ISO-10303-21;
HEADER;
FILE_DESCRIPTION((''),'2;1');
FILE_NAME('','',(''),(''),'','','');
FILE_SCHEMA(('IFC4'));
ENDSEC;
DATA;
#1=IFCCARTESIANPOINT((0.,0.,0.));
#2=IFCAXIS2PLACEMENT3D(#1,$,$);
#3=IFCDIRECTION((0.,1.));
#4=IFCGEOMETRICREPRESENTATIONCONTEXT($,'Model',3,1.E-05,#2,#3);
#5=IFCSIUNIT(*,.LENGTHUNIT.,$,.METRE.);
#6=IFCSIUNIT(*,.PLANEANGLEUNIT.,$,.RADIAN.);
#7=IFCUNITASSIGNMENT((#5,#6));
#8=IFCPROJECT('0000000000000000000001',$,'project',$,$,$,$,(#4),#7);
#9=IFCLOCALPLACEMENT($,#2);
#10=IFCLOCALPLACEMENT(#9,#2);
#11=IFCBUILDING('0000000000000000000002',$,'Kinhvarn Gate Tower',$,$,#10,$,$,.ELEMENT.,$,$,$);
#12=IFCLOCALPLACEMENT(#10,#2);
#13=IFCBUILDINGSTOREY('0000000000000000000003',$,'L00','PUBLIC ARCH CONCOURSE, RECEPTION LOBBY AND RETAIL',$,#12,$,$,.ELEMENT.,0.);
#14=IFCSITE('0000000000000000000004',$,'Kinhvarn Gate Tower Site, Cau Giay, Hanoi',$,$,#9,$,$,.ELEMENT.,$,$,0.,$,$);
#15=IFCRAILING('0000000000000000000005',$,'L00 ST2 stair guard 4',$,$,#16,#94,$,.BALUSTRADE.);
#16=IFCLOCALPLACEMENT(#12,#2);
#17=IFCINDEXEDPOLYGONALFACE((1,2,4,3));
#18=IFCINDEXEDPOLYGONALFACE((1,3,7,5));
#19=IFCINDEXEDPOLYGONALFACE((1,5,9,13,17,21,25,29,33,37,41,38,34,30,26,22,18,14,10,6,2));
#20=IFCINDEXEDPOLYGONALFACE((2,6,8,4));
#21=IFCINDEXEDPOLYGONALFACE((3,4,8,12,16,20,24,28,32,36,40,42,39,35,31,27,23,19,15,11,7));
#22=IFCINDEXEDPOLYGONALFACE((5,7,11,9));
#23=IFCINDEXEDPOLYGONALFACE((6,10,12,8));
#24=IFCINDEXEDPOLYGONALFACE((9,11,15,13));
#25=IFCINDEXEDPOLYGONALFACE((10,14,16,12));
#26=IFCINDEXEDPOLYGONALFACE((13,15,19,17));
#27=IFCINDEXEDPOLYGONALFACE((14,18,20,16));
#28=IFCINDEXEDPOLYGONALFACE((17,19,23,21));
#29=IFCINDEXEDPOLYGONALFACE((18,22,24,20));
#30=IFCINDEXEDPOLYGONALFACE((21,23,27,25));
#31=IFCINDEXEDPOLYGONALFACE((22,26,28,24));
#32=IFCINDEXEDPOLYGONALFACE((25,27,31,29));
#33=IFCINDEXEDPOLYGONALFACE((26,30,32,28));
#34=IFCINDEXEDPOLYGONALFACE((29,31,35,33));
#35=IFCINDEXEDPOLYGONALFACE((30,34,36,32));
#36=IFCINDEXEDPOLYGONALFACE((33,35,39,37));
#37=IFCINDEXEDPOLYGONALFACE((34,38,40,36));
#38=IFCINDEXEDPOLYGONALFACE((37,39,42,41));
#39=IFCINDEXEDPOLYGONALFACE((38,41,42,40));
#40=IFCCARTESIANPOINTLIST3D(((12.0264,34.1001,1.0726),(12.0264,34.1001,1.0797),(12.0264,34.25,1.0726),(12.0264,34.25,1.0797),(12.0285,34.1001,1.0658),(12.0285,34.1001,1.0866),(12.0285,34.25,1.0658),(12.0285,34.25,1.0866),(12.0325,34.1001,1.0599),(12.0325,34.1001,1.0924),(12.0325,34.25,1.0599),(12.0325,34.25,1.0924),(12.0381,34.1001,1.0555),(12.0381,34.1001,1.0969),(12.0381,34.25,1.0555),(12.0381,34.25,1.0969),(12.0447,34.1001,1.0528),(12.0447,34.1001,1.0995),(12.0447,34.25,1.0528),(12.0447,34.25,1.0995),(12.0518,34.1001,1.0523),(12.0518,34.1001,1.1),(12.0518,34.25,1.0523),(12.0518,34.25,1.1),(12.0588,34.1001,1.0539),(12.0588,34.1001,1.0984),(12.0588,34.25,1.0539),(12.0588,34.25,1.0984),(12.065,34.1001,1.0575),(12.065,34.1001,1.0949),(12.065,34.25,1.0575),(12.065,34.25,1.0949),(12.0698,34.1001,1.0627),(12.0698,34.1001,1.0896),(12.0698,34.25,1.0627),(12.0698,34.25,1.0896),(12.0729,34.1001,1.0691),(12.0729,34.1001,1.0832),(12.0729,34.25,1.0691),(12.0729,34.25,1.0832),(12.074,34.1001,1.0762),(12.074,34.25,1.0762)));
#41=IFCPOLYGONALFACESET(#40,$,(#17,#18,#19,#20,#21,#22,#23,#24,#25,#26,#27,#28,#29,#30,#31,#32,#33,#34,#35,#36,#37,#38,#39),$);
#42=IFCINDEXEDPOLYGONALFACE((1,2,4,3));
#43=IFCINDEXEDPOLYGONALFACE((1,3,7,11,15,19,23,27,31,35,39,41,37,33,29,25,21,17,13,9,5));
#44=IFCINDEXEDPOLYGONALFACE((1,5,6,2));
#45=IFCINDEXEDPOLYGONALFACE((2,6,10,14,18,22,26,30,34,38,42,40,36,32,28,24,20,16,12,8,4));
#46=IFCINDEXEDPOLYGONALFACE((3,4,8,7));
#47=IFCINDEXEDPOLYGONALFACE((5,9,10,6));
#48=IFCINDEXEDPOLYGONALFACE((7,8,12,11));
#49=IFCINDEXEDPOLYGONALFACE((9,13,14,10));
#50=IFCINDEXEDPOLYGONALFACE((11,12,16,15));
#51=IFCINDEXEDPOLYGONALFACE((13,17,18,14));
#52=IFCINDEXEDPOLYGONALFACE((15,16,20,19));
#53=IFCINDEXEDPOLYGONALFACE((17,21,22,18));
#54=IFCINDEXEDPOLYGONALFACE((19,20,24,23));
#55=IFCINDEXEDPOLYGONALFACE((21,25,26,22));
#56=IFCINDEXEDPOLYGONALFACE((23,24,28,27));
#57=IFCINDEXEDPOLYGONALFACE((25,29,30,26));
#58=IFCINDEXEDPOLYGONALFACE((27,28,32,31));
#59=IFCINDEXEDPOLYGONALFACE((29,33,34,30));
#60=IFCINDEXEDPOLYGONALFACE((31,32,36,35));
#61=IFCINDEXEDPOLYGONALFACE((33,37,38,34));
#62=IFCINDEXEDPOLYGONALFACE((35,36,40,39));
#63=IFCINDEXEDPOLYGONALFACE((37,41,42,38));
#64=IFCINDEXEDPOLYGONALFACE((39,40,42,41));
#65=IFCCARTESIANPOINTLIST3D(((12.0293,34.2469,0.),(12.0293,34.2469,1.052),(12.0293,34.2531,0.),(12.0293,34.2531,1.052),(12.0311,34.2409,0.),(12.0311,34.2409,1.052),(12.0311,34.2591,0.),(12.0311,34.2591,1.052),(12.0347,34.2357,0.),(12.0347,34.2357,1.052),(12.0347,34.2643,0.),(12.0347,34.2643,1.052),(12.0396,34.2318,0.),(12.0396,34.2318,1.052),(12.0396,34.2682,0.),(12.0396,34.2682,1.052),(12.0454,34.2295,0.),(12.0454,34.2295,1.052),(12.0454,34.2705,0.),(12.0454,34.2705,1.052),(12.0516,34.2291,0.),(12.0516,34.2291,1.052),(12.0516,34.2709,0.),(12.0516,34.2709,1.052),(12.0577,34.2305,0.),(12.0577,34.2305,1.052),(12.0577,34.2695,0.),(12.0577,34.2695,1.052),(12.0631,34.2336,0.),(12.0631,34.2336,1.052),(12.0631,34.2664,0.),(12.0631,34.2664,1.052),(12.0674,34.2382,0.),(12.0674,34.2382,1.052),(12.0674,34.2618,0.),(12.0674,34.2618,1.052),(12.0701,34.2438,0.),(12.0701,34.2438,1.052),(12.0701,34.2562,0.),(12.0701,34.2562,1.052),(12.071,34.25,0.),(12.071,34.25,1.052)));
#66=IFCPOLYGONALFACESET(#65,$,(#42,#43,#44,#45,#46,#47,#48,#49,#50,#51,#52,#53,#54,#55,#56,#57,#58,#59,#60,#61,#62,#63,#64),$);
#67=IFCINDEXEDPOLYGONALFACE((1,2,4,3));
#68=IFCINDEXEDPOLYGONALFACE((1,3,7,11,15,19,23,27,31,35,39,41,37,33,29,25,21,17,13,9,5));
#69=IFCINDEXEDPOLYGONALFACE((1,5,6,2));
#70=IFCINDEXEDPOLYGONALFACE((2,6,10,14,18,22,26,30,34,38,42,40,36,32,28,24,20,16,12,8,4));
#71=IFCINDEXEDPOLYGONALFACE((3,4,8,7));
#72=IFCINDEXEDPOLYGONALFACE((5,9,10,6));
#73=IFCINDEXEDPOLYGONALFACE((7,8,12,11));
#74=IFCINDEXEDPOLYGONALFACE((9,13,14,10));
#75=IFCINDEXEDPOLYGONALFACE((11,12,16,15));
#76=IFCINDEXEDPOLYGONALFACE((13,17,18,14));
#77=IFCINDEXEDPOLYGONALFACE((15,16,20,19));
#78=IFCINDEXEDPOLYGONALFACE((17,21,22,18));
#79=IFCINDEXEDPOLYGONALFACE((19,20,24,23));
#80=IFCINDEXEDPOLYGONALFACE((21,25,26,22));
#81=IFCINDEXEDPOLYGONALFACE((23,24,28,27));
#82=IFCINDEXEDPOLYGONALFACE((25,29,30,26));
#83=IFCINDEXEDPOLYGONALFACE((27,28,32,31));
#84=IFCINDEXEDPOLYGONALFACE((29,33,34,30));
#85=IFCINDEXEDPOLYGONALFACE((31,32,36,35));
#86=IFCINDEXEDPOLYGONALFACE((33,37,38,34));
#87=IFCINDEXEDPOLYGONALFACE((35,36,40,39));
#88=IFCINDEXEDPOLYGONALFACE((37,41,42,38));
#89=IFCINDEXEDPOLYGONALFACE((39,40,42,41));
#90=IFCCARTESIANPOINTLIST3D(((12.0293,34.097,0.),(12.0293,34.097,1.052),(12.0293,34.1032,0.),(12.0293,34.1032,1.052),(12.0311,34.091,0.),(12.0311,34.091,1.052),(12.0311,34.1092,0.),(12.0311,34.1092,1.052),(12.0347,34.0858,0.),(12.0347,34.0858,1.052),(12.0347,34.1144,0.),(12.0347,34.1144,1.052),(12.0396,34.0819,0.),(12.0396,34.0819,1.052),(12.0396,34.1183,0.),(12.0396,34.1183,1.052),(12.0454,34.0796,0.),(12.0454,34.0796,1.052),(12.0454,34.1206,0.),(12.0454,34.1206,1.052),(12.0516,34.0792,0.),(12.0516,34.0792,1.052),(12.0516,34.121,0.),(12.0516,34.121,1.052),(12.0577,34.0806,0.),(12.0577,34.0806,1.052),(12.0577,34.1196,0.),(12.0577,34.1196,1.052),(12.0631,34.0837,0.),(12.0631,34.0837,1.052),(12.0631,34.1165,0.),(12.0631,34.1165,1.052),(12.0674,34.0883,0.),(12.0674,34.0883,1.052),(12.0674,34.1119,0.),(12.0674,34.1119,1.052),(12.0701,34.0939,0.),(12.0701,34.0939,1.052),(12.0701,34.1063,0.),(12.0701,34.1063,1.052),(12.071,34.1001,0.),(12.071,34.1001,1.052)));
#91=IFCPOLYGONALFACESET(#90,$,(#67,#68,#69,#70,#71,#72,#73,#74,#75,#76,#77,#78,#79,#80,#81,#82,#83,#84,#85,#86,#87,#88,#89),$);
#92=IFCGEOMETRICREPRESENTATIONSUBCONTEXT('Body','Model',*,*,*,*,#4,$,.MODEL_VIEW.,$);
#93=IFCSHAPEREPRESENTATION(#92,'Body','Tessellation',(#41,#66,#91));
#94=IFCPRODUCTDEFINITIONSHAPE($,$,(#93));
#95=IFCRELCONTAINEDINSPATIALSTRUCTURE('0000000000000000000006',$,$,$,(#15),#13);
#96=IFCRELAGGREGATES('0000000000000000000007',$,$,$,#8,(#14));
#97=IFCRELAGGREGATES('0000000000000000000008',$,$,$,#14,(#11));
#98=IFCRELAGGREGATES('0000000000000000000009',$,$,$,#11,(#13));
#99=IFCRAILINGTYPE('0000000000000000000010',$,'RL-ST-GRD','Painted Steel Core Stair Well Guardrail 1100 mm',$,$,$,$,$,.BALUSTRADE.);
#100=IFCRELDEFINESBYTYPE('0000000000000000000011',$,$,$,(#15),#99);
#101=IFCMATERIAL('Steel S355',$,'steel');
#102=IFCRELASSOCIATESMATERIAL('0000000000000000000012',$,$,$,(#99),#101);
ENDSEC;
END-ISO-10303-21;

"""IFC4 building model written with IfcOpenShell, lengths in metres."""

from ifc_helpers import new_model, si_unit, direction, frame, origin, origin_2d, place, context, subcontext, project, spatial, circle, extrude, material, type_object, element, save


model = new_model("IFC4")

# Units and contexts
model_context = context("Model", 3, precision=1e-05, world=origin(), true_north=direction((0.0, 1.0)))
body_context = subcontext(model_context, "Body", "Model", "MODEL_VIEW")
ifc_project = project(units=[si_unit("LENGTHUNIT", "METRE"), si_unit("PLANEANGLEUNIT", "RADIAN")], contexts=[model_context])

# Site, building, storey
site_placement = place(None, origin())
site = spatial("IfcSite", under=ifc_project, at=site_placement, Name="Kinhvarn Gate Tower Site, Cau Giay, Hanoi", CompositionType="ELEMENT", RefElevation=0.0)
building_placement = place(site_placement, origin())
building = spatial("IfcBuilding", under=site, at=building_placement, Name="Kinhvarn Gate Tower", CompositionType="ELEMENT")
storey_placement = place(building_placement, origin())
storey = spatial("IfcBuildingStorey", under=building, at=storey_placement, Name="L00", Description="PUBLIC ARCH CONCOURSE, RECEPTION LOBBY AND RETAIL", CompositionType="ELEMENT", Elevation=0.0)

# Shared definitions
ifc_material_1 = material(Name="Steel S355", Category="steel")

# Railing
railing_type_1 = type_object("IfcRailingType", Name="RL-ST-GRD", Description="Painted Steel Core Stair Well Guardrail 1100 mm", PredefinedType="BALUSTRADE", material=ifc_material_1)
railing_1_placement = place(storey_placement, frame((12.05, 34.25, 0.0)))
element("IfcRailing", 1, at=railing_1_placement, inside=storey, type_object=railing_type_1, Name="L00 ST2 stair guard 4", PredefinedType="BALUSTRADE", context=body_context, shape_type="SweptSolid", body=[
    extrude(circle(Radius=0.0239, at=origin_2d()), frame((0.0, 0.0, 1.0762), z_axis=(0.0, -1.0, 0.0), x_axis=(1.0, 0.0, 0.0)), (0.0, 0.0, 1.0), 0.1499),
    extrude(circle(Radius=0.021, at=origin_2d()), origin(), (0.0, 0.0, 1.0), 1.052),
    extrude(circle(Radius=0.021, at=origin_2d()), frame((0.0, -0.1499, 0.0)), (0.0, 0.0, 1.0), 1.052),
])

save(model, "model.ifc")
